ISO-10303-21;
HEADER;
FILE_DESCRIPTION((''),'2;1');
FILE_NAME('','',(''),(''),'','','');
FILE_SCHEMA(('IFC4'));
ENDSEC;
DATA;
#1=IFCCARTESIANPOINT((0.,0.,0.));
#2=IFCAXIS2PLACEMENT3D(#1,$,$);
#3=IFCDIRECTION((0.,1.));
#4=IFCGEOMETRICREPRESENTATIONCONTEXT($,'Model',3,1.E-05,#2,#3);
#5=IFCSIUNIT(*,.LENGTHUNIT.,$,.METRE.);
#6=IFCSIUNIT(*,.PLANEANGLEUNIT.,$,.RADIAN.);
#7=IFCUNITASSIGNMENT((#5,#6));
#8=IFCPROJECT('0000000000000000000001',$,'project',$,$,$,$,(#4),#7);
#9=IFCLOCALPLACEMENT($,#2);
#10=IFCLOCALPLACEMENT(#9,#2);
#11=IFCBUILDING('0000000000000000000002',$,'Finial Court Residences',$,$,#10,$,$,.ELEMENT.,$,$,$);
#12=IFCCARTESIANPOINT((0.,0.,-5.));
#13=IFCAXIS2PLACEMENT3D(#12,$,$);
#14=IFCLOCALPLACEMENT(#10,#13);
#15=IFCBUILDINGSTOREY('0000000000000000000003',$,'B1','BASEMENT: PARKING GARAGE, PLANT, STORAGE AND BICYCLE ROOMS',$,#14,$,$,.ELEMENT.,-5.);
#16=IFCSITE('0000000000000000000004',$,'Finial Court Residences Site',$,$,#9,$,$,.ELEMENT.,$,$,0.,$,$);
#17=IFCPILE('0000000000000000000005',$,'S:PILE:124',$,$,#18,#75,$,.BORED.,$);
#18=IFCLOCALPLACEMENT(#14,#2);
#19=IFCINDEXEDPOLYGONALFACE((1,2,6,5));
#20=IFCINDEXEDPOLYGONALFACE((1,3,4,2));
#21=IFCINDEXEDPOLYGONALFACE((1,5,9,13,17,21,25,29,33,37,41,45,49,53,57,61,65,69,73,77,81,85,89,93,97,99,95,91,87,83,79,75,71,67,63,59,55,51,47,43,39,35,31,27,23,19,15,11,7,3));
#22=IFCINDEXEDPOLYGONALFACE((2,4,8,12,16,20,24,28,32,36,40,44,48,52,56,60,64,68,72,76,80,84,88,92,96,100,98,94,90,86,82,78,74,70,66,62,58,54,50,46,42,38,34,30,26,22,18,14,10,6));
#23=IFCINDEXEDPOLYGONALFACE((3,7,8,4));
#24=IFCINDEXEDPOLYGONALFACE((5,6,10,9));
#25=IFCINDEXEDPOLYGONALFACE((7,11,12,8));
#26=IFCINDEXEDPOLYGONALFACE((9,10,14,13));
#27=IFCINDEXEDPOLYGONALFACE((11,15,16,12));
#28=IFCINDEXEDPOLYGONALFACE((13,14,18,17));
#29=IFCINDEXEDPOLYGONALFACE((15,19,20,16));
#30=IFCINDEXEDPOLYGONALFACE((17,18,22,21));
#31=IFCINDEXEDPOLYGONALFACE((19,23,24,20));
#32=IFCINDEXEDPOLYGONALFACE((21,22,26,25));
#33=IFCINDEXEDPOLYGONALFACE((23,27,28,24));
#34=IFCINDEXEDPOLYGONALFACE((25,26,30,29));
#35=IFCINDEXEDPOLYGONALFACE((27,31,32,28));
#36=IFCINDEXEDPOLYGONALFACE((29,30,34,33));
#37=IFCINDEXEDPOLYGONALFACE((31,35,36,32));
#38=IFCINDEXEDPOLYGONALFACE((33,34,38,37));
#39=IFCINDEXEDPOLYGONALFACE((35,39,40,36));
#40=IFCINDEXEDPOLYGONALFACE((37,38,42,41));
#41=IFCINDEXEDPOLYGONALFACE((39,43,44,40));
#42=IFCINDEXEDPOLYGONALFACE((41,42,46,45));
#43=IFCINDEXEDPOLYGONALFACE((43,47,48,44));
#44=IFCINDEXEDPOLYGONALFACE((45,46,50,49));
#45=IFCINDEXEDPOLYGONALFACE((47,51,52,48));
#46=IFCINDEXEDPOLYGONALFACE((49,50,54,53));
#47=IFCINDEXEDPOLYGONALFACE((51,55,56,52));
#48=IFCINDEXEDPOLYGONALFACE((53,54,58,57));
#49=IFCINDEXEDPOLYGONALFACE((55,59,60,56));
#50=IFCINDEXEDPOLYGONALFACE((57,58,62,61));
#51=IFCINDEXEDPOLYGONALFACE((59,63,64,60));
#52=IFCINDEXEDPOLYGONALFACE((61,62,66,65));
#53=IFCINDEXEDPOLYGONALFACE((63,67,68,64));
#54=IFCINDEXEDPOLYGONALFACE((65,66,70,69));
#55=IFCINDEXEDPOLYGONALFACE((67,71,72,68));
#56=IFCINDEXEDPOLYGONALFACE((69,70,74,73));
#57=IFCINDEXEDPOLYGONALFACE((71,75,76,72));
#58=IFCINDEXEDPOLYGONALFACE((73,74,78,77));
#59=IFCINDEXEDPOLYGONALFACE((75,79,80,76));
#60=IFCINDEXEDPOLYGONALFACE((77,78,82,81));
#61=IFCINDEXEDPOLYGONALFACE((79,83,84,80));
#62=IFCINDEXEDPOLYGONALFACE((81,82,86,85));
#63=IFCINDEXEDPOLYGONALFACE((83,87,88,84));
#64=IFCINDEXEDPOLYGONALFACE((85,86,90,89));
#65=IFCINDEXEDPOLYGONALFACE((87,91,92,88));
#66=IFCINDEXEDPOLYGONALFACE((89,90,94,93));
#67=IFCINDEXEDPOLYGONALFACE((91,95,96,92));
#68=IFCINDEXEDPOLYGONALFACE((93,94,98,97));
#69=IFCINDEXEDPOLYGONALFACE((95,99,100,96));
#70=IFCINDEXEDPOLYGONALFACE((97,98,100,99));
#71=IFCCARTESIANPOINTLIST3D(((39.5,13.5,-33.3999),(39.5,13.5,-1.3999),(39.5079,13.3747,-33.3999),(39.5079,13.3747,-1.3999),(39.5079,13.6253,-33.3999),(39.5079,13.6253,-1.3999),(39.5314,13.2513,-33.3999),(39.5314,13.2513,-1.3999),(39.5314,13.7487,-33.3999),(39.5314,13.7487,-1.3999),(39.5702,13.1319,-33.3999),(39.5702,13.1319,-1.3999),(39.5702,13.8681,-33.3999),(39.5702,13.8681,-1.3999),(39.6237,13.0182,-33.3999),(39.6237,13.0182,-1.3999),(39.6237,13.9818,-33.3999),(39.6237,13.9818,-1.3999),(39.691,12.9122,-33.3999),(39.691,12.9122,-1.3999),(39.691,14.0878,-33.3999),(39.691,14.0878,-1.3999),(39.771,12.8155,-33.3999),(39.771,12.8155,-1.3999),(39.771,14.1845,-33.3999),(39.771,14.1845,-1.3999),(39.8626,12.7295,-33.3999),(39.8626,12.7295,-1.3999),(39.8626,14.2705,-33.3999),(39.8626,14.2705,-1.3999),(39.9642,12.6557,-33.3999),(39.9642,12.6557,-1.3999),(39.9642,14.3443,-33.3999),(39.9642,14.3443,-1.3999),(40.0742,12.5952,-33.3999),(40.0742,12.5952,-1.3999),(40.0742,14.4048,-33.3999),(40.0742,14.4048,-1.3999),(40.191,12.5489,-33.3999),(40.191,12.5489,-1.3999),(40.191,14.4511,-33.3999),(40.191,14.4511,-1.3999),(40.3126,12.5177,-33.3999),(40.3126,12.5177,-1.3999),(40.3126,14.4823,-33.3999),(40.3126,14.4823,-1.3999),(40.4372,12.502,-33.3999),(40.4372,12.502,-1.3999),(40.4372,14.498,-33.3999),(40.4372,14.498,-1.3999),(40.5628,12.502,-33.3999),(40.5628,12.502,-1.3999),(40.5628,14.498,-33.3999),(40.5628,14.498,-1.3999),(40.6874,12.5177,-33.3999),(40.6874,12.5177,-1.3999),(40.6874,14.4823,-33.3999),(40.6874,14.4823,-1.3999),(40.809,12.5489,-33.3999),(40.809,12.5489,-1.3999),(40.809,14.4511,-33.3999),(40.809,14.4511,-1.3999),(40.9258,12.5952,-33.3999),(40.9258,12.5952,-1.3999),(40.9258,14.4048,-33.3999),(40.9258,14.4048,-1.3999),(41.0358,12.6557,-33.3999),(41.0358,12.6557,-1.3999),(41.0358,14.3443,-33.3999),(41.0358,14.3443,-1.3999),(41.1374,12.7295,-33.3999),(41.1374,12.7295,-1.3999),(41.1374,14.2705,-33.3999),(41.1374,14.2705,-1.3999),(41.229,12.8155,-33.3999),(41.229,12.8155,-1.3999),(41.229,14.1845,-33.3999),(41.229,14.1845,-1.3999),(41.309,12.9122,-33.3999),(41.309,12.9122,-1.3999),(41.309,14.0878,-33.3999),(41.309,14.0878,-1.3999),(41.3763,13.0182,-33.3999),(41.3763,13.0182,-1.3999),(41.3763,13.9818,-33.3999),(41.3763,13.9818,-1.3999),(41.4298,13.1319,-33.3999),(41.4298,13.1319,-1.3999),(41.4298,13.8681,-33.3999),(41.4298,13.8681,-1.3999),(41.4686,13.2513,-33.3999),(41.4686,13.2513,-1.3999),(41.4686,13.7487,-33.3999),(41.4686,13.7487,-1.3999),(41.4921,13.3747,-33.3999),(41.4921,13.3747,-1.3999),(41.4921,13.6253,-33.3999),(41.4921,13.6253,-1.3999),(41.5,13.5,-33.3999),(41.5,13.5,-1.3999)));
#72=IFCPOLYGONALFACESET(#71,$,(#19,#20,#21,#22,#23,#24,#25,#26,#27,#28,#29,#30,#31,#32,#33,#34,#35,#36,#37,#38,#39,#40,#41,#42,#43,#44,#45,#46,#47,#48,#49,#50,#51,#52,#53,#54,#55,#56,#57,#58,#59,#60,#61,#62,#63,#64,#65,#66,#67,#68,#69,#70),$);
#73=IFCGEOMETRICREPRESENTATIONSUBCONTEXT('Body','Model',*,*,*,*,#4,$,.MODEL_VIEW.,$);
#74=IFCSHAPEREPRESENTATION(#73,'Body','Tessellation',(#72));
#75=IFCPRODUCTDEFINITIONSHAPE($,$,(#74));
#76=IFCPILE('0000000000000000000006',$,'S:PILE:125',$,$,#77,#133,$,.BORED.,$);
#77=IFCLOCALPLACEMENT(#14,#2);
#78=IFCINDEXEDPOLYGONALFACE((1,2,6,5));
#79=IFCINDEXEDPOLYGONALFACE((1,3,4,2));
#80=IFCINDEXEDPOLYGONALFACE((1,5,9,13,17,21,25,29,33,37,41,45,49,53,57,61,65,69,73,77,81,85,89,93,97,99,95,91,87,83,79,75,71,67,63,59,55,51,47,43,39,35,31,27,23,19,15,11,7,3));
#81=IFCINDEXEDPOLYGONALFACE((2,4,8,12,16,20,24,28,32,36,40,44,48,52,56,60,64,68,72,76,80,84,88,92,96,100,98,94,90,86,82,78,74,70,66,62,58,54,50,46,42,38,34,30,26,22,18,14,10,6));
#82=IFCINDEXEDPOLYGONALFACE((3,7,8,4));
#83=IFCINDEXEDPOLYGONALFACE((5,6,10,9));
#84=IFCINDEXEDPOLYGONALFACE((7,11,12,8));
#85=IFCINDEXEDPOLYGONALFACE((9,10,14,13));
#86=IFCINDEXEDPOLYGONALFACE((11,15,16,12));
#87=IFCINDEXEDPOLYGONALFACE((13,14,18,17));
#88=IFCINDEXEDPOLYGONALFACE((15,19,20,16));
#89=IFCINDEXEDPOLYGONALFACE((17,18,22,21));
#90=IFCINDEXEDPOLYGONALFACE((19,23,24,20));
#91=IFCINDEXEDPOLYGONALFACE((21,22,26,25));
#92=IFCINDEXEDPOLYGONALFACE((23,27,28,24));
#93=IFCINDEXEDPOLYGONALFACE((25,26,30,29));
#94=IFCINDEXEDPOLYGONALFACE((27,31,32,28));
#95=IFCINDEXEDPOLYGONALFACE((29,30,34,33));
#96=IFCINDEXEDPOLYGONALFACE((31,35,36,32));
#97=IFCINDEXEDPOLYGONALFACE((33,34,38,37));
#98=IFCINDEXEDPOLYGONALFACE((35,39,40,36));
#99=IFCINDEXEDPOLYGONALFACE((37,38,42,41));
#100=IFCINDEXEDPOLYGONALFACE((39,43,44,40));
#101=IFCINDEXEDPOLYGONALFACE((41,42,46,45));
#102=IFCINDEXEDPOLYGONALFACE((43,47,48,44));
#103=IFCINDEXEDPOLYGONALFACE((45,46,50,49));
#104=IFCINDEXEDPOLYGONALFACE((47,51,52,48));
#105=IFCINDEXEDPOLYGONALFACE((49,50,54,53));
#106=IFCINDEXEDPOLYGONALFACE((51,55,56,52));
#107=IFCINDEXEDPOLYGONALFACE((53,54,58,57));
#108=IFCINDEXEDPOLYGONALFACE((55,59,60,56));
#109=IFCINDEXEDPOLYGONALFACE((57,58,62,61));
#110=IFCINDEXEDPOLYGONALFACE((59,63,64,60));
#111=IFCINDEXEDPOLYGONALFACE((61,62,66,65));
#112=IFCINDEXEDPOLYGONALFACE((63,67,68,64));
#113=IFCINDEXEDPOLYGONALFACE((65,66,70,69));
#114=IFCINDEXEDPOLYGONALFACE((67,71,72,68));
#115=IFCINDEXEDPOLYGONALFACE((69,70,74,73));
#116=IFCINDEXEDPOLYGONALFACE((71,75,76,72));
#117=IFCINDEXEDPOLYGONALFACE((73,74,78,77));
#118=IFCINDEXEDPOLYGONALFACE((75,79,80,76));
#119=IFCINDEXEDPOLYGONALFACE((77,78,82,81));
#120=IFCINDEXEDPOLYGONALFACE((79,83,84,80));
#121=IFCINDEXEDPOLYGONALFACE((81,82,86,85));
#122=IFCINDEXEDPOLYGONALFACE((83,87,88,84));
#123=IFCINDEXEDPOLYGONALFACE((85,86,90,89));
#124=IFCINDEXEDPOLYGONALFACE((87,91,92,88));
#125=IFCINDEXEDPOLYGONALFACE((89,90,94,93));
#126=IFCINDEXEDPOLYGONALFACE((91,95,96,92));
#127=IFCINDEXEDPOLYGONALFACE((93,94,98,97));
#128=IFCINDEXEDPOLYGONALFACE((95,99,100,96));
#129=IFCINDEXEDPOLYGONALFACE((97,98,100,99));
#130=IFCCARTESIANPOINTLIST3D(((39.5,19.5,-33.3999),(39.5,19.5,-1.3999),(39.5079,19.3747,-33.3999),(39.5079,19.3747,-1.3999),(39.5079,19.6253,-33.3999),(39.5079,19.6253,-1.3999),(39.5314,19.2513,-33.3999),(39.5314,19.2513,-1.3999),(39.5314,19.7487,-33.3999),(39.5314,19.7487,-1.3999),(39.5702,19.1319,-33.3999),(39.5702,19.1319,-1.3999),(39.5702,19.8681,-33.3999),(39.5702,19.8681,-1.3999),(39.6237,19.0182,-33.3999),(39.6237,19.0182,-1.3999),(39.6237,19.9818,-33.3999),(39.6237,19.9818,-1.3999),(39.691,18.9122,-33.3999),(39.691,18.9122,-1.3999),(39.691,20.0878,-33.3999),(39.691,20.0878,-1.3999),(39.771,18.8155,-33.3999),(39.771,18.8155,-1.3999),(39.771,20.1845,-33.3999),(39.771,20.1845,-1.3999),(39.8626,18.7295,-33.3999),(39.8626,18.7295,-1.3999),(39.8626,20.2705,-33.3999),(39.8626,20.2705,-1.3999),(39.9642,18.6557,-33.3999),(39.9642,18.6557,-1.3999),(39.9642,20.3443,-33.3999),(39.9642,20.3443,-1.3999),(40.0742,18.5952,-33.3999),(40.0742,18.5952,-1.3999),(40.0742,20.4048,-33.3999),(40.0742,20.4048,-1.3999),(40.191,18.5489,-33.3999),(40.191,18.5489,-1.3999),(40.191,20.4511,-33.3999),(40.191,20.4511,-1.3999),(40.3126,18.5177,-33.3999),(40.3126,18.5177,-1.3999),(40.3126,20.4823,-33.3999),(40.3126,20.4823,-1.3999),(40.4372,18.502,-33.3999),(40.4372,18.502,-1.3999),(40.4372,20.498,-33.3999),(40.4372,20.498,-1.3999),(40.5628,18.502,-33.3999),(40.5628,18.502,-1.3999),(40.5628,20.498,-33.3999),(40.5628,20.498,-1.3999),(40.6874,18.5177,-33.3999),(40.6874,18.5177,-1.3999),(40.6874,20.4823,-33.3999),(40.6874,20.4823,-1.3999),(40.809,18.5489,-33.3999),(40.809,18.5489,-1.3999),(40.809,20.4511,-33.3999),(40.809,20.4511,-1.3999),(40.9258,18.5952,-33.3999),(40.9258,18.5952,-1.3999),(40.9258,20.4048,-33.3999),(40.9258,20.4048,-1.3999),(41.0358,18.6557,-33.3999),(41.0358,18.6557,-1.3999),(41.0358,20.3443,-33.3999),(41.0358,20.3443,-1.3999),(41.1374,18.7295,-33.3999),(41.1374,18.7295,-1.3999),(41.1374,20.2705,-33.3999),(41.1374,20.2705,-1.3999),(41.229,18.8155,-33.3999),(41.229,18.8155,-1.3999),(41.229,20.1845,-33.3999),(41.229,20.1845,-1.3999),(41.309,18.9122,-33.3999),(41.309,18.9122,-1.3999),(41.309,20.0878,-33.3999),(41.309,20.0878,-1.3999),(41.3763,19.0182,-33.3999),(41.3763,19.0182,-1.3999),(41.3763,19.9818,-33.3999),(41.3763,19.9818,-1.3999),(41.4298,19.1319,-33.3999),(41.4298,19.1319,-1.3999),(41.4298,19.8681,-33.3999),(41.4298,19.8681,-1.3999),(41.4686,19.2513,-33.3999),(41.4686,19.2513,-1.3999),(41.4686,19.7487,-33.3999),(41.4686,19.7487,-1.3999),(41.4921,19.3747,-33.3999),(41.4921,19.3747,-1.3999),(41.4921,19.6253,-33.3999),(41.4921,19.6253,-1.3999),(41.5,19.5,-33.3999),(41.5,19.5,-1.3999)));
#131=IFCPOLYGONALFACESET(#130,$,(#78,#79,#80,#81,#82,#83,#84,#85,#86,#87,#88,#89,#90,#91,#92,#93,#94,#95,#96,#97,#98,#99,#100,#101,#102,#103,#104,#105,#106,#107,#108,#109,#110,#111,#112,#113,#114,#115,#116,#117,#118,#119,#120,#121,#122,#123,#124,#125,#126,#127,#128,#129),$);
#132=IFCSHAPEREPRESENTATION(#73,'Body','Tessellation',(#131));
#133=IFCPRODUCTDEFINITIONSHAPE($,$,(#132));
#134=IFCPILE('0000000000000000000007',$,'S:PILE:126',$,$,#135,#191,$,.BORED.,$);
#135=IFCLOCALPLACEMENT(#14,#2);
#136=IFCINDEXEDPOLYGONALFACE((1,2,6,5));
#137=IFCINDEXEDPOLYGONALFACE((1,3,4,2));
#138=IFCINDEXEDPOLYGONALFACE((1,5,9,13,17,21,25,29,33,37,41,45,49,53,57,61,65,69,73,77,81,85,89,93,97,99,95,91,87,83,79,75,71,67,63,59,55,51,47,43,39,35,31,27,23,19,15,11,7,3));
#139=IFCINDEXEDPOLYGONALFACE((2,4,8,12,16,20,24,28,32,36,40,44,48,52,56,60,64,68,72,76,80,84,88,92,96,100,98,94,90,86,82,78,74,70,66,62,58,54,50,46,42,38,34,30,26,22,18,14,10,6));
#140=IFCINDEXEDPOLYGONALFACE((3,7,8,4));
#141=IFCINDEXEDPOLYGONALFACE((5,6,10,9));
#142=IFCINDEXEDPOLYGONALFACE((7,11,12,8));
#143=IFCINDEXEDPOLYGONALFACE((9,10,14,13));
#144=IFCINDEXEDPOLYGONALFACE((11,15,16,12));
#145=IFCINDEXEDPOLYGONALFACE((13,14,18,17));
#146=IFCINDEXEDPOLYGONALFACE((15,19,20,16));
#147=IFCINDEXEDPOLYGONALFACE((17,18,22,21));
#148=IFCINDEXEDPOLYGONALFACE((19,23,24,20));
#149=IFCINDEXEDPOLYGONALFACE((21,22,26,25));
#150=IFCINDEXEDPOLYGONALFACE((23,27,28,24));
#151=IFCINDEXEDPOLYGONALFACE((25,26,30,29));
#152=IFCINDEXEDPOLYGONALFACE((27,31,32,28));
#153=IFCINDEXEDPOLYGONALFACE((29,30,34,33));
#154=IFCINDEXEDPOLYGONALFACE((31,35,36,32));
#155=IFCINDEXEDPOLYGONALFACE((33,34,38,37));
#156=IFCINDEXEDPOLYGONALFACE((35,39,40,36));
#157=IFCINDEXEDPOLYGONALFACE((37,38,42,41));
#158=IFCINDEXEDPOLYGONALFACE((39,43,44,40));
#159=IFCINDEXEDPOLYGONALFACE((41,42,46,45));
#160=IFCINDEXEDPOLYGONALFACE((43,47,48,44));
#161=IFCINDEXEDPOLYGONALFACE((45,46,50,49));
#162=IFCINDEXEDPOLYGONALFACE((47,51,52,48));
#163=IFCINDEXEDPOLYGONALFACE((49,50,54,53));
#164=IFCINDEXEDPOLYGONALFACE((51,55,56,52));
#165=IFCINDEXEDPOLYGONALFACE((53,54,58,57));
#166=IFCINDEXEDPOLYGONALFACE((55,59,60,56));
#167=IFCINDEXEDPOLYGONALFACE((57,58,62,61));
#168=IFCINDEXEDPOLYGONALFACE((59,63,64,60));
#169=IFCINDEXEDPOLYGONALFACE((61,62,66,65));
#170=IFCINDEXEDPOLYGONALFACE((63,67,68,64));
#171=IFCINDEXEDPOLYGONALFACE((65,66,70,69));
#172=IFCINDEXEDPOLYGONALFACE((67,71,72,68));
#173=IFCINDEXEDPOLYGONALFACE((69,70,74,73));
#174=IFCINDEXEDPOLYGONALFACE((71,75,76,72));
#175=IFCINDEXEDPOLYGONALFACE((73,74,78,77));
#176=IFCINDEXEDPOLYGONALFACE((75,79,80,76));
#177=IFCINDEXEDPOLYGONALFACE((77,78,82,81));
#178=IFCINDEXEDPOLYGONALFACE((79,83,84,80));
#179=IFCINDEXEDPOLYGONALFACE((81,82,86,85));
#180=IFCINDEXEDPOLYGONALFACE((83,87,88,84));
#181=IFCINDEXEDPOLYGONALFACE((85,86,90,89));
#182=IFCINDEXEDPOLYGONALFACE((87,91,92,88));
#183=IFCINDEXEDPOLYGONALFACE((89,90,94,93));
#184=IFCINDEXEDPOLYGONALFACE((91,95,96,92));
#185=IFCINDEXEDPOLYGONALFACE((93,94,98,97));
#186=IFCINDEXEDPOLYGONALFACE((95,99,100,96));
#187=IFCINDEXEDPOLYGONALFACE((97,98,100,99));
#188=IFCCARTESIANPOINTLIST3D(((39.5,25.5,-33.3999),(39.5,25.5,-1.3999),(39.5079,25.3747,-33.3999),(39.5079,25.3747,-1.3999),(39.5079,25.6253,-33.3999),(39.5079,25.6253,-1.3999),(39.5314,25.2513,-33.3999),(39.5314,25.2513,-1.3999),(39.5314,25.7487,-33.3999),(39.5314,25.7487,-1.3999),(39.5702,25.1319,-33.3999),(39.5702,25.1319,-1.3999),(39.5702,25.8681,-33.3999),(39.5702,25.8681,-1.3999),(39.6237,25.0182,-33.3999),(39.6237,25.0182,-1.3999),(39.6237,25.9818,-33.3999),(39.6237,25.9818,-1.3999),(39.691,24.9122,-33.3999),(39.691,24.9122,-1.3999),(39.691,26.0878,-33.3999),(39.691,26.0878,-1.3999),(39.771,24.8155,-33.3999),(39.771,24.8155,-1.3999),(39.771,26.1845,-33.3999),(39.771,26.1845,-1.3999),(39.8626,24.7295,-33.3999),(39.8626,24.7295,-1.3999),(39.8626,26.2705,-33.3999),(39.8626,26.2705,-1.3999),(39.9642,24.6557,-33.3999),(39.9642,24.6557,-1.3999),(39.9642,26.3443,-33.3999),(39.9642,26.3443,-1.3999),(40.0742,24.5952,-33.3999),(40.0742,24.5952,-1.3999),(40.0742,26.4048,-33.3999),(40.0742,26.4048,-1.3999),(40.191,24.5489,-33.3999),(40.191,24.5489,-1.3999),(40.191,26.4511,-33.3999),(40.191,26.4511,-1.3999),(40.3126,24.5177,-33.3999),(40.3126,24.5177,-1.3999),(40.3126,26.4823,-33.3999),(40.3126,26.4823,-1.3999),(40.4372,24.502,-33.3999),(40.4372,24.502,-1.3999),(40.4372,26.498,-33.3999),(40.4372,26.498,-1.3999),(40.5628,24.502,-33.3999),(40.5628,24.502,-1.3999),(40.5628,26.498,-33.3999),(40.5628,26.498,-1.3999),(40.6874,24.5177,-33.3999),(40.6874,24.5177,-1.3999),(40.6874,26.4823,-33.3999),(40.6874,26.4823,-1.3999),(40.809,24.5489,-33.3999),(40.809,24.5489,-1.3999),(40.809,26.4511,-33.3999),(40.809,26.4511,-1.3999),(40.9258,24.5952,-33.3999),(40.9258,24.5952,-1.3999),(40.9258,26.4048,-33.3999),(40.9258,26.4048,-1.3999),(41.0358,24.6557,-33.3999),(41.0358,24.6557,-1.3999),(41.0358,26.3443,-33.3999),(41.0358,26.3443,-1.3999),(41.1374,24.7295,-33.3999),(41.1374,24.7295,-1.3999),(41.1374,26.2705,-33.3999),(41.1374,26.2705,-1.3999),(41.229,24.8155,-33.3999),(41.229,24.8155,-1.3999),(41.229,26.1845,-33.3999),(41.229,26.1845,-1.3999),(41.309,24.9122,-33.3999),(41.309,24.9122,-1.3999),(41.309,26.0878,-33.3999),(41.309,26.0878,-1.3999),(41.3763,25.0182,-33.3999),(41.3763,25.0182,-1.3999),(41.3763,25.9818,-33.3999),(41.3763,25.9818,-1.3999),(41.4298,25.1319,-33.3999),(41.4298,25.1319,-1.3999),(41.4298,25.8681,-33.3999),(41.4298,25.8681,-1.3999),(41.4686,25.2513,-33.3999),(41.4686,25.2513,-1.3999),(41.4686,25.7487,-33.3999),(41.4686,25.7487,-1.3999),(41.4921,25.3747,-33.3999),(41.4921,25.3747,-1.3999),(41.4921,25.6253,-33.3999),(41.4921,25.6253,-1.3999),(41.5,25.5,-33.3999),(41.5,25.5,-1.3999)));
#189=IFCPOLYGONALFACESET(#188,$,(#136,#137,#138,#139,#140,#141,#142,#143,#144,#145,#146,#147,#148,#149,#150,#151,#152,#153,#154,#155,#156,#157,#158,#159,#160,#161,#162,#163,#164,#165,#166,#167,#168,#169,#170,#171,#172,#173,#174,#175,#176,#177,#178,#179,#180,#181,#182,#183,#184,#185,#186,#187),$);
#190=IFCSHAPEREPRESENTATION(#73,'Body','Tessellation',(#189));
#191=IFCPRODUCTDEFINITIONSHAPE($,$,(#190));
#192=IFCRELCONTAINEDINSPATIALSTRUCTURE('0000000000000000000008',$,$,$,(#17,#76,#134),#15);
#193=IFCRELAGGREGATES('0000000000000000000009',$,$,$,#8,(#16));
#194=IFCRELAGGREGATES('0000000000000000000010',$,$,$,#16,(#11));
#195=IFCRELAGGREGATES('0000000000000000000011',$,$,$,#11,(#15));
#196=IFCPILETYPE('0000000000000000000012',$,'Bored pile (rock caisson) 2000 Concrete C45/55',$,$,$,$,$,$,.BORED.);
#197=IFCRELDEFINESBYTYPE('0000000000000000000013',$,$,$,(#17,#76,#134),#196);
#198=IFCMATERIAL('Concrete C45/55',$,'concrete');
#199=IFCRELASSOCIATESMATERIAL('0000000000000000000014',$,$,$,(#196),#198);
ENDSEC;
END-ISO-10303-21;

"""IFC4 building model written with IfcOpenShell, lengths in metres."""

from ifc_helpers import new_model, si_unit, direction, frame, origin, origin_2d, place, context, subcontext, project, spatial, circle, extrude, material, material_profile, profile_set, type_object, element, save


model = new_model("IFC4")

# Units and contexts
model_context = context("Model", 3, precision=1e-05, world=origin(), true_north=direction((0.0, 1.0)))
body_context = subcontext(model_context, "Body", "Model", "MODEL_VIEW")
ifc_project = project(units=[si_unit("LENGTHUNIT", "METRE"), si_unit("PLANEANGLEUNIT", "RADIAN")], contexts=[model_context])

# Site, building, storey
site_placement = place(None, origin())
site = spatial("IfcSite", under=ifc_project, at=site_placement, Name="Finial Court Residences Site", CompositionType="ELEMENT", RefElevation=0.0)
building_placement = place(site_placement, origin())
building = spatial("IfcBuilding", under=site, at=building_placement, Name="Finial Court Residences", CompositionType="ELEMENT")
storey_placement = place(building_placement, frame((0.0, 0.0, -5.0)))
storey = spatial("IfcBuildingStorey", under=building, at=storey_placement, Name="B1", Description="BASEMENT: PARKING GARAGE, PLANT, STORAGE AND BICYCLE ROOMS", CompositionType="ELEMENT", Elevation=-5.0)

# Piles
ifc_material_1 = material(Name="Concrete C45/55", Category="concrete")
ifc_material_profile_1 = material_profile(ifc_material_1, circle(Radius=1.0, at=origin_2d()), Name="D2000")
ifc_profile_set_1 = profile_set([ifc_material_profile_1], Name="Concrete C45/55")
pile_type = type_object("IfcPileType", Name="Bored pile (rock caisson) 2000 Concrete C45/55", PredefinedType="BORED", material=ifc_profile_set_1)
for number, where, z_axis, x_axis, name in (
    (1, (40.5, 13.5, -1.3999), (0.0, 0.0, -1.0), (1.0, 0.0, 0.0), "S:PILE:124"),
    (2, (40.5, 19.5, -1.3999), (0.0, 0.0, -1.0), (1.0, 0.0, 0.0), "S:PILE:125"),
    (3, (40.5, 25.5, -1.3999), (0.0, 0.0, -1.0), (1.0, 0.0, 0.0), "S:PILE:126"),
):
    element("IfcPile", number, at=place(storey_placement, frame(where, z_axis=z_axis, x_axis=x_axis)), inside=storey, type_object=pile_type, Name=name, PredefinedType="BORED", context=body_context, shape_type="SweptSolid", body=[
        extrude(circle(Radius=1.0, at=origin_2d()), origin(), (0.0, 0.0, 1.0), 32.0),
    ])

save(model, "model.ifc")
